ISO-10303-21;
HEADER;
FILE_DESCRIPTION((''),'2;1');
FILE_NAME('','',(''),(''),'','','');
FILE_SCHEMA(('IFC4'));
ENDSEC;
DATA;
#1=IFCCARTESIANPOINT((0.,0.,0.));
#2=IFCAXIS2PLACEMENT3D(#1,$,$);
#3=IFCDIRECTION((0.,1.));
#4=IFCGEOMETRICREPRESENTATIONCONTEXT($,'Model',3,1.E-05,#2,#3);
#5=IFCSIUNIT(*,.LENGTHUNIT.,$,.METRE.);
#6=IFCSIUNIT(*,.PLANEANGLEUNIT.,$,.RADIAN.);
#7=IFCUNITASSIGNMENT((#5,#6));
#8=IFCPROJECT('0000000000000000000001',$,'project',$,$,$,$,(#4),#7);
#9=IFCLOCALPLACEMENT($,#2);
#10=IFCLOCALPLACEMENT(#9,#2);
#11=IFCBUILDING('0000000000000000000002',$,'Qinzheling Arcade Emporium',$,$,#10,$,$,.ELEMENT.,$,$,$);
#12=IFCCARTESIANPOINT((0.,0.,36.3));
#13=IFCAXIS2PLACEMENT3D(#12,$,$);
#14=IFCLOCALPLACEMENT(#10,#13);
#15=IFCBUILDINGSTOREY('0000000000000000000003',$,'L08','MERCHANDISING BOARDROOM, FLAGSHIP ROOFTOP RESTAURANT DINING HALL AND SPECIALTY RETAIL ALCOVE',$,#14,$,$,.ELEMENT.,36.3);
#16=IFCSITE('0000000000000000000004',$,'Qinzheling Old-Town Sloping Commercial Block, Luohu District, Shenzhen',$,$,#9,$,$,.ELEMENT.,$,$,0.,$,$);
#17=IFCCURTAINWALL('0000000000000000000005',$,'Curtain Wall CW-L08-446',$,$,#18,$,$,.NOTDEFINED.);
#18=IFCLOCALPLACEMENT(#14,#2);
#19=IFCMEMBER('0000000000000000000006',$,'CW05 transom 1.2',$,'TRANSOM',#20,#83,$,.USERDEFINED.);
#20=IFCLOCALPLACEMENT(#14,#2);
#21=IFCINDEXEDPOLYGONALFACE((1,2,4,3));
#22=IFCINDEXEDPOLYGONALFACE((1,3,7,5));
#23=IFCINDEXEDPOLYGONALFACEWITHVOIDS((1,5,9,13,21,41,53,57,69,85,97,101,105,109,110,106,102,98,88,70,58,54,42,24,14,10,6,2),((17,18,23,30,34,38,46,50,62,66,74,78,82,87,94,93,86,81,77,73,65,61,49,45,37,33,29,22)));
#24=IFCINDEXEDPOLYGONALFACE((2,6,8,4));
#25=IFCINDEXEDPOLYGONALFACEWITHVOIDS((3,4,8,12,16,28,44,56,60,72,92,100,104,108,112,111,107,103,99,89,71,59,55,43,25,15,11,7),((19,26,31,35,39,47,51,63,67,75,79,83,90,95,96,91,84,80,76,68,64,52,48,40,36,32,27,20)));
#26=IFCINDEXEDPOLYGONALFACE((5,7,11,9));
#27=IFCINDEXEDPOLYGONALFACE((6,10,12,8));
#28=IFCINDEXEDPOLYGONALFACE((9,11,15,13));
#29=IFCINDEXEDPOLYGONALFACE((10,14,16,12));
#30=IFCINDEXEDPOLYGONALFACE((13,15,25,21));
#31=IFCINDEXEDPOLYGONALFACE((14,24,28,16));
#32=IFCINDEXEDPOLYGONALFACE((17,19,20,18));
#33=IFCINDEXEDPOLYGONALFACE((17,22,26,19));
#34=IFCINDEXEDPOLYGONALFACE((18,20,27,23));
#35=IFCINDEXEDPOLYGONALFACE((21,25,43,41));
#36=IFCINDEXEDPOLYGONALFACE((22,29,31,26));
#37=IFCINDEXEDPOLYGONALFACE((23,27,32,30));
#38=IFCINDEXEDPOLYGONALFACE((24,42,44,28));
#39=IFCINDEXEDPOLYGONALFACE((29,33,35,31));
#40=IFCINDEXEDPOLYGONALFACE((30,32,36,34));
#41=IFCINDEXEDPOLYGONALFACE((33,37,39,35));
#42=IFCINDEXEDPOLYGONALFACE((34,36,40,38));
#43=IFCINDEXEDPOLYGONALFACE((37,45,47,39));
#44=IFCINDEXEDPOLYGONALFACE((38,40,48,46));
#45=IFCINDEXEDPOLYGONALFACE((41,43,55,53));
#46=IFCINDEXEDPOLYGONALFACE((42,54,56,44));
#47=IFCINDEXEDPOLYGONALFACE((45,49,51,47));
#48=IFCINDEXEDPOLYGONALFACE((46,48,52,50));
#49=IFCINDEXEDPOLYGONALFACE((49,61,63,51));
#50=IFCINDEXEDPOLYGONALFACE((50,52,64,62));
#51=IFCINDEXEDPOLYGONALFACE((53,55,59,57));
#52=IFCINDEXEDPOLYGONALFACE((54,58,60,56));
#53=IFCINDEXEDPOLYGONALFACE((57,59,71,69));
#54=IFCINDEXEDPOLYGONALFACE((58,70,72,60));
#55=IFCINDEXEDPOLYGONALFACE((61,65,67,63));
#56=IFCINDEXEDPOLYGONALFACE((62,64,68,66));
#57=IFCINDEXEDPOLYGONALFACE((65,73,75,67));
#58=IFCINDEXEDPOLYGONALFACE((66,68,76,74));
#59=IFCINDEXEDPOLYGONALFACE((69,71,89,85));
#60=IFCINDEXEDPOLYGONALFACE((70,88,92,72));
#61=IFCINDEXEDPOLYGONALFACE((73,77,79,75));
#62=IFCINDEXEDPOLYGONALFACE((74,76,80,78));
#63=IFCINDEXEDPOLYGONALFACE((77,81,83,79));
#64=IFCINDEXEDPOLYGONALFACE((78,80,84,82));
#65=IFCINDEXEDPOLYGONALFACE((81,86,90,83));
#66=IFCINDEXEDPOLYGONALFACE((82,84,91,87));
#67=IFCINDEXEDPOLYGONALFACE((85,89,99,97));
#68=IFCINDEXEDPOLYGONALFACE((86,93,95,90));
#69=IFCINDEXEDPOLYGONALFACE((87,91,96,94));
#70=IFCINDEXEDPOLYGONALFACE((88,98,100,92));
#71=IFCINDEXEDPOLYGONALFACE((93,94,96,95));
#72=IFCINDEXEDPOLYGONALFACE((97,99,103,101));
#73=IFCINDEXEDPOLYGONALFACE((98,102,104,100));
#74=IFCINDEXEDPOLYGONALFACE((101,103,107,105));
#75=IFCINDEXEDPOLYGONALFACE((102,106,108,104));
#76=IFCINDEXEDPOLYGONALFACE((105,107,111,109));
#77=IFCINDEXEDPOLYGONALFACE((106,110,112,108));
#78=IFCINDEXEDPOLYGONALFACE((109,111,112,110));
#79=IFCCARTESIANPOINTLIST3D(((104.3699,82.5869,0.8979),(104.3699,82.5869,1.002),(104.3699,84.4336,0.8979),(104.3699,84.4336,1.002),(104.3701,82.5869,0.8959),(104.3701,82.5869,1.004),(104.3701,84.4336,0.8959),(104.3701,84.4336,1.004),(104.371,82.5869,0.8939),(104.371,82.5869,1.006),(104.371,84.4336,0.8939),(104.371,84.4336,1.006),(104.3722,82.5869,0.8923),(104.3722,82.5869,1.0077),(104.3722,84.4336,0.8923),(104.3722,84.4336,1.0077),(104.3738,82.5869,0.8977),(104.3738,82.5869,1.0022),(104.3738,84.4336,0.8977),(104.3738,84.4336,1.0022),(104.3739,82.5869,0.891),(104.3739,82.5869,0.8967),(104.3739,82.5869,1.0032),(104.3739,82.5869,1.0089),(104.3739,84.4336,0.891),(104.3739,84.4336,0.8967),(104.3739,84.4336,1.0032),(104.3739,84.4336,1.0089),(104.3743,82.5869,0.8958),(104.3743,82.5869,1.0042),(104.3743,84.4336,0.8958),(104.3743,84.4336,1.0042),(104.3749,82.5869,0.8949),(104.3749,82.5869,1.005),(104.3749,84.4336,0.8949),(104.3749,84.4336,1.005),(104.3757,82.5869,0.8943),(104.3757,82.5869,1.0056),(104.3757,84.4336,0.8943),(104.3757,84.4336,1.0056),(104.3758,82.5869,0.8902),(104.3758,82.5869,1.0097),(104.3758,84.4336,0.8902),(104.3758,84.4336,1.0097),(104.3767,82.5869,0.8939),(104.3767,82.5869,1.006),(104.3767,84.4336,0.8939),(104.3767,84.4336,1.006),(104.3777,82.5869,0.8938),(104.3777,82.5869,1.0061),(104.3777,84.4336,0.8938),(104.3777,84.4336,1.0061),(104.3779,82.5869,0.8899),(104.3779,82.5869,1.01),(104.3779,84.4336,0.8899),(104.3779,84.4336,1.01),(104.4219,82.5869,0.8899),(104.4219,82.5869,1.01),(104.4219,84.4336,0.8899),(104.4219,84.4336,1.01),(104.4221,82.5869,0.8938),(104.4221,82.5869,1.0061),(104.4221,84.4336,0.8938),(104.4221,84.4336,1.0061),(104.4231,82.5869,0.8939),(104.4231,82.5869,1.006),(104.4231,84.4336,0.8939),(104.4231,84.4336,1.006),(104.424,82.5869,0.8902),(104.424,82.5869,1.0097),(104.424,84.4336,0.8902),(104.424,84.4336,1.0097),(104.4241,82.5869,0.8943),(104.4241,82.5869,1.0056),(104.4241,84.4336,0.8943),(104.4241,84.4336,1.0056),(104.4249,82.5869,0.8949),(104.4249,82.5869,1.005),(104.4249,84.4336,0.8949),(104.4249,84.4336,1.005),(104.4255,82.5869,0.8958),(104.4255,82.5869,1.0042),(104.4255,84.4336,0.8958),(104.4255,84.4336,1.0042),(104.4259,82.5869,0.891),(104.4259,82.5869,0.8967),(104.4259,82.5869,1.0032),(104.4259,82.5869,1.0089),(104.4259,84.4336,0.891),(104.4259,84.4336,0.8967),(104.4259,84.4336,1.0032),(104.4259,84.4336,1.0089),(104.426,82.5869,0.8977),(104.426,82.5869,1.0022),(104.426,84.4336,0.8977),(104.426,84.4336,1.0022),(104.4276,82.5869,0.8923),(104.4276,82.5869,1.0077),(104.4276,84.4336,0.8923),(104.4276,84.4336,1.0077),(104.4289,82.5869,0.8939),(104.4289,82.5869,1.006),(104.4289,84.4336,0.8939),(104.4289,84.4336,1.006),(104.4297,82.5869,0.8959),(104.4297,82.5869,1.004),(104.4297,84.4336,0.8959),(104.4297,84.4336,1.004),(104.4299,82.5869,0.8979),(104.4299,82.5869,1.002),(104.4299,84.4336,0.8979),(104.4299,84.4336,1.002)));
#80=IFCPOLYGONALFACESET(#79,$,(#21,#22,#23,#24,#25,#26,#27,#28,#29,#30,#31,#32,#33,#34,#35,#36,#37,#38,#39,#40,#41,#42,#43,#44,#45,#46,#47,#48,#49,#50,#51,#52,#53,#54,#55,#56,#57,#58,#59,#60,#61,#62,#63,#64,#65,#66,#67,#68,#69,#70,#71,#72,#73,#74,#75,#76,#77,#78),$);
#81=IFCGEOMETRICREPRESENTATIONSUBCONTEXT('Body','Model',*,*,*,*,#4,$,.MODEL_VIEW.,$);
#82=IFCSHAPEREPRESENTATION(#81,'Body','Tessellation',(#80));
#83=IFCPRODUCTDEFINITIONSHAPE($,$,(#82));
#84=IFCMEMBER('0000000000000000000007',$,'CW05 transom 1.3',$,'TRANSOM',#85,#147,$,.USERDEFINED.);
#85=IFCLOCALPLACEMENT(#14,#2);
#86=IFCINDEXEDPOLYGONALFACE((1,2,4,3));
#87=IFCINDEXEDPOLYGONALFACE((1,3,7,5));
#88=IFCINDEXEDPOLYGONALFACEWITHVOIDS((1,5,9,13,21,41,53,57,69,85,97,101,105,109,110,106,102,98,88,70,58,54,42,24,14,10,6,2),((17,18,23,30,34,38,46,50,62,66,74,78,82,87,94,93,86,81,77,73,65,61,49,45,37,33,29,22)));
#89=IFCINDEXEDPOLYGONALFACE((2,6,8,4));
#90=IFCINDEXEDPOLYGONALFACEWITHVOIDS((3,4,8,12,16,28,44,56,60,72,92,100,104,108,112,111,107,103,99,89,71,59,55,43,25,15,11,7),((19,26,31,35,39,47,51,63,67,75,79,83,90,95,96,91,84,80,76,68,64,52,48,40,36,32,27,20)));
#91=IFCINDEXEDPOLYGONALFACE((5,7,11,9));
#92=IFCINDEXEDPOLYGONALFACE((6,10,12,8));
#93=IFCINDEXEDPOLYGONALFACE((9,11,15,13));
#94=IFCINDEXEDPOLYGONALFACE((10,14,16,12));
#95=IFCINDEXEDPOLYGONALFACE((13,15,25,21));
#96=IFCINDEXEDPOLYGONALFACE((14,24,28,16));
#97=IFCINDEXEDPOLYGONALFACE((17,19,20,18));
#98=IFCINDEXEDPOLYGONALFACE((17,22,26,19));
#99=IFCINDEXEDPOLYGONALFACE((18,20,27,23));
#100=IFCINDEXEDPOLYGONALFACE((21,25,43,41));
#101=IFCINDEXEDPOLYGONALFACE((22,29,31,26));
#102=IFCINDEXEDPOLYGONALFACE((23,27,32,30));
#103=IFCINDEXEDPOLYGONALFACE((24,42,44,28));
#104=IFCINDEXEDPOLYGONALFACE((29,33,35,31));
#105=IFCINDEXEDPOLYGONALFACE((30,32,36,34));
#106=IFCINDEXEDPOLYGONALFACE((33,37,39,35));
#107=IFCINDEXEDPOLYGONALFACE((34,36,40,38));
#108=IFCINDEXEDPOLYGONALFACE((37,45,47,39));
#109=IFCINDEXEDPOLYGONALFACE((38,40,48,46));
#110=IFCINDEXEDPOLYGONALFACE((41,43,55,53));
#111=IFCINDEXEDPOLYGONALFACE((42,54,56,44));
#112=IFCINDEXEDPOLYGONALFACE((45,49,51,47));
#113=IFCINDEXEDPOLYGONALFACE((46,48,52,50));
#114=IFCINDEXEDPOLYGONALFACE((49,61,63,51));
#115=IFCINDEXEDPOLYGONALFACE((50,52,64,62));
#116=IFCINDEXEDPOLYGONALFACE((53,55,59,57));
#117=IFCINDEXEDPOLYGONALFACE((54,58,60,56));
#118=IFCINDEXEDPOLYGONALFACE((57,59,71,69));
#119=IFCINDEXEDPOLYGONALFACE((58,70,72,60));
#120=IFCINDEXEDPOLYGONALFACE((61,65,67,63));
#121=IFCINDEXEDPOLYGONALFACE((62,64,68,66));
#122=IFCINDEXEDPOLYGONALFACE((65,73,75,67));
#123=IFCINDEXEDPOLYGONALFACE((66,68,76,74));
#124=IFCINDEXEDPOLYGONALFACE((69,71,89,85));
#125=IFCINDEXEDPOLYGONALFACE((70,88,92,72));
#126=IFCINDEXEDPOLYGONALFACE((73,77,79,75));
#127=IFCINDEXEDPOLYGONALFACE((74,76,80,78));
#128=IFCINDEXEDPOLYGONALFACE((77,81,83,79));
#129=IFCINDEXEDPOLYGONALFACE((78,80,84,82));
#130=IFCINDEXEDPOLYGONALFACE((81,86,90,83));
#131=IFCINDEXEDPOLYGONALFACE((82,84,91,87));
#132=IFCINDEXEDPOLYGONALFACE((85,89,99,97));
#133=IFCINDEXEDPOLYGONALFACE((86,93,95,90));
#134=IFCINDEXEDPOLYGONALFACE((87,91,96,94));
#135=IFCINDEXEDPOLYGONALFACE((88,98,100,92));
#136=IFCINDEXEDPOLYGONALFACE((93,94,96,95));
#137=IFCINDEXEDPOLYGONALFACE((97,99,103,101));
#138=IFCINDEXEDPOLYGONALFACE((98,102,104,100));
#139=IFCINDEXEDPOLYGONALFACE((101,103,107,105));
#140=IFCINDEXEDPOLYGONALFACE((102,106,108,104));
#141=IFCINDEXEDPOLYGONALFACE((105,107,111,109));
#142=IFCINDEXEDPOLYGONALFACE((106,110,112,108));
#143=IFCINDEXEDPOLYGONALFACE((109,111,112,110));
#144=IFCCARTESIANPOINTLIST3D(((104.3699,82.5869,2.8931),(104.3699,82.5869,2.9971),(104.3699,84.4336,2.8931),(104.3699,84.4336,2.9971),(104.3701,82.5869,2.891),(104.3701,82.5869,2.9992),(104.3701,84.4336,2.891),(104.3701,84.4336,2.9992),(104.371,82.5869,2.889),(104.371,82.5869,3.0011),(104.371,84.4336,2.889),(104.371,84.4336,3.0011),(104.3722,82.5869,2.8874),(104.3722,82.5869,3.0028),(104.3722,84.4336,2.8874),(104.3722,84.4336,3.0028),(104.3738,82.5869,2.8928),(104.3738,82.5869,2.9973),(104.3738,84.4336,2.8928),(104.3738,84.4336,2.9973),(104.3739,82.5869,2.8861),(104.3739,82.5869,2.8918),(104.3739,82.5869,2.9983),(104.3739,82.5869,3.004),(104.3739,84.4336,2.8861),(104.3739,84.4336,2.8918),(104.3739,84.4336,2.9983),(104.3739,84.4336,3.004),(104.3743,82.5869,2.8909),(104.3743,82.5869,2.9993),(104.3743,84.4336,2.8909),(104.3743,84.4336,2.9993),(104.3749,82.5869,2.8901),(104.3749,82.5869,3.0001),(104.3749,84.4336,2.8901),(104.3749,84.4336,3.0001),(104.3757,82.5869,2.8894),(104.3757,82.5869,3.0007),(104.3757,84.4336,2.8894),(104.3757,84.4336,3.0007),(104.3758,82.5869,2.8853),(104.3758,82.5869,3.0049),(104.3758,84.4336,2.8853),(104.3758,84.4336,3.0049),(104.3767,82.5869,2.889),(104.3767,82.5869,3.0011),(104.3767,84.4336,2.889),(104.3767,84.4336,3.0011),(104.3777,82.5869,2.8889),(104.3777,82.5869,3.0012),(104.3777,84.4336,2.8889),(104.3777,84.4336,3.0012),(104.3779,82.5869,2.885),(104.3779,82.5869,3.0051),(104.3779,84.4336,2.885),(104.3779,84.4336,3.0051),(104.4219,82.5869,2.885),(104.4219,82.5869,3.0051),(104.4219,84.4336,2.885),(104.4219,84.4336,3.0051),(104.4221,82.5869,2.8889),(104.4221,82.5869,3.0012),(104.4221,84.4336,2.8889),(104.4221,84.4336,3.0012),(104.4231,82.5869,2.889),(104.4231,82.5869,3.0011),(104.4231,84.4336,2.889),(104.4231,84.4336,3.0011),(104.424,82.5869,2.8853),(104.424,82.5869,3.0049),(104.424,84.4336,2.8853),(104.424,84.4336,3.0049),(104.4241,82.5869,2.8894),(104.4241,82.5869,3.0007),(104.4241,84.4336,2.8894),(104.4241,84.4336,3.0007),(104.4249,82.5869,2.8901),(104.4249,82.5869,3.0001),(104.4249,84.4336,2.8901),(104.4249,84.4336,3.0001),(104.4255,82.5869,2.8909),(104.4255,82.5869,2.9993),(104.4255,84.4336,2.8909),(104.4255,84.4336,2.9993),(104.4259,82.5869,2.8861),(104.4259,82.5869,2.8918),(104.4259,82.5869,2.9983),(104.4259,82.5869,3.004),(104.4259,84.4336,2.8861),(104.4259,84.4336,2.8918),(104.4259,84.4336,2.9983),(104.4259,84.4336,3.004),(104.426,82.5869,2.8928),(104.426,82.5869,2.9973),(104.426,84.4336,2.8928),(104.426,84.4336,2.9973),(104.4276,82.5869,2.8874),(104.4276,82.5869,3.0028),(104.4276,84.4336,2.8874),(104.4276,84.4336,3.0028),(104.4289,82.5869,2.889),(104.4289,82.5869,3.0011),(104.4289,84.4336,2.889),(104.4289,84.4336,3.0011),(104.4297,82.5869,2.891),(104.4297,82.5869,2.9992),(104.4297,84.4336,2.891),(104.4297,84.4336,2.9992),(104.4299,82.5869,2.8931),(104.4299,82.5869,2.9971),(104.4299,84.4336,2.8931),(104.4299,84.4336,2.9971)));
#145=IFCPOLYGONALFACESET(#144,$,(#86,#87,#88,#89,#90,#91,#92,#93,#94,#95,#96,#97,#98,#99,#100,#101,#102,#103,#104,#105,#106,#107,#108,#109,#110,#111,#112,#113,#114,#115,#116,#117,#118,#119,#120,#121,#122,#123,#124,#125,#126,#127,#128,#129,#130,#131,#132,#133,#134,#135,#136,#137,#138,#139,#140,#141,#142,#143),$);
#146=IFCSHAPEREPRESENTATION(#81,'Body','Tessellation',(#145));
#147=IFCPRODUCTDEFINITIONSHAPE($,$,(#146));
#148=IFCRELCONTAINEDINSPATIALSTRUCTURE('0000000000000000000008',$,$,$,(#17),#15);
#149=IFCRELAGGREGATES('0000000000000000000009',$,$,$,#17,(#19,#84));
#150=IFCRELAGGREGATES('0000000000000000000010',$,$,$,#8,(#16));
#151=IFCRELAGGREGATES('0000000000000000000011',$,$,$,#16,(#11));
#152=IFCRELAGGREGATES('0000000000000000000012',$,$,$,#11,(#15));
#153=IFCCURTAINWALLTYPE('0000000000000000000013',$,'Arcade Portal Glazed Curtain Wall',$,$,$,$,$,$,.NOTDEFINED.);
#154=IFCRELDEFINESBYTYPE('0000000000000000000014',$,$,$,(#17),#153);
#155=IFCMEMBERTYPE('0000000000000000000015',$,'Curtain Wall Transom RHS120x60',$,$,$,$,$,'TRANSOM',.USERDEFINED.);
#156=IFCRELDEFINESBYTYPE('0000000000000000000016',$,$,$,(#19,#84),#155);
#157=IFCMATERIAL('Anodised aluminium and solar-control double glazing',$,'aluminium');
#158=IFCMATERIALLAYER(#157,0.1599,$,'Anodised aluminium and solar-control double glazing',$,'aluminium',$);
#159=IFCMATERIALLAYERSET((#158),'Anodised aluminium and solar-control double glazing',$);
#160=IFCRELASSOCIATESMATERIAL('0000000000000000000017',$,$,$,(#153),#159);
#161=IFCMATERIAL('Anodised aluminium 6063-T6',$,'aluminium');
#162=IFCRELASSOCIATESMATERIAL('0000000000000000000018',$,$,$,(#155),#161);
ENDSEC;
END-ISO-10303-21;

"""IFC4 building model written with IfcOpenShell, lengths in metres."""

from ifc_helpers import new_model, si_unit, direction, frame, origin, origin_2d, place, context, subcontext, project, spatial, hollow_rectangle, extrude, material, layer, layer_set, material_profile, profile_set, type_object, element, aggregate, save


model = new_model("IFC4")

# Units and contexts
model_context = context("Model", 3, precision=1e-05, world=origin(), true_north=direction((0.0, 1.0)))
body_context = subcontext(model_context, "Body", "Model", "MODEL_VIEW")
ifc_project = project(units=[si_unit("LENGTHUNIT", "METRE"), si_unit("PLANEANGLEUNIT", "RADIAN")], contexts=[model_context])

# Site, building, storey
site_placement = place(None, origin())
site = spatial("IfcSite", under=ifc_project, at=site_placement, Name="Qinzheling Old-Town Sloping Commercial Block, Luohu District, Shenzhen", CompositionType="ELEMENT", RefElevation=0.0)
building_placement = place(site_placement, origin())
building = spatial("IfcBuilding", under=site, at=building_placement, Name="Qinzheling Arcade Emporium", CompositionType="ELEMENT")
storey_placement = place(building_placement, frame((0.0, 0.0, 36.3)))
storey = spatial("IfcBuildingStorey", under=building, at=storey_placement, Name="L08", Description="MERCHANDISING BOARDROOM, FLAGSHIP ROOFTOP RESTAURANT DINING HALL AND SPECIALTY RETAIL ALCOVE", CompositionType="ELEMENT", Elevation=36.3)

# Curtain wall, members
ifc_material_1 = material(Name="Anodised aluminium and solar-control double glazing", Category="aluminium")
ifc_layer_1 = layer(ifc_material_1, 0.1599, Name="Anodised aluminium and solar-control double glazing", Category="aluminium")
ifc_layer_set_1 = layer_set([ifc_layer_1], Name="Anodised aluminium and solar-control double glazing")
curtain_wall_type = type_object("IfcCurtainWallType", Name="Arcade Portal Glazed Curtain Wall", PredefinedType="NOTDEFINED", material=ifc_layer_set_1)
curtain_wall_placement = place(storey_placement, origin())
curtain_wall = element("IfcCurtainWall", 1, at=curtain_wall_placement, inside=storey, type_object=curtain_wall_type, Name="Curtain Wall CW-L08-446", PredefinedType="NOTDEFINED")
ifc_material_2 = material(Name="Anodised aluminium 6063-T6", Category="aluminium")
ifc_material_profile_1 = material_profile(ifc_material_2, hollow_rectangle(XDim=0.0601, YDim=0.1201, WallThickness=0.0039, InnerFilletRadius=0.0039, OuterFilletRadius=0.0081, at=origin_2d()), Name="RHS 120x60x4", Category="aluminium")
ifc_profile_set_1 = profile_set([ifc_material_profile_1], Name="Anodised aluminium 6063-T6")
member_type_1 = type_object("IfcMemberType", Name="Curtain Wall Transom RHS120x60", ElementType="TRANSOM", PredefinedType="USERDEFINED", material=ifc_profile_set_1)
member_1_placement = place(storey_placement, frame((104.3999, 82.5869, 0.95), z_axis=(0.0, 1.0, 0.0), x_axis=(-1.0, 0.0, 0.0)))
member_1 = element("IfcMember", 2, at=member_1_placement, type_object=member_type_1, Name="CW05 transom 1.2", ObjectType="TRANSOM", PredefinedType="USERDEFINED", context=body_context, shape_type="SweptSolid", body=[
    extrude(hollow_rectangle(XDim=0.0601, YDim=0.1201, WallThickness=0.0039, InnerFilletRadius=0.0039, OuterFilletRadius=0.0081, at=origin_2d()), origin(), (0.0, 0.0, 1.0), 1.8467),
])
member_2_placement = place(storey_placement, frame((104.3999, 82.5869, 2.9451), z_axis=(0.0, 1.0, 0.0), x_axis=(-1.0, 0.0, 0.0)))
member_2 = element("IfcMember", 3, at=member_2_placement, type_object=member_type_1, Name="CW05 transom 1.3", ObjectType="TRANSOM", PredefinedType="USERDEFINED", context=body_context, shape_type="SweptSolid", body=[
    extrude(hollow_rectangle(XDim=0.0601, YDim=0.1201, WallThickness=0.0039, InnerFilletRadius=0.0039, OuterFilletRadius=0.0081, at=origin_2d()), origin(), (0.0, 0.0, 1.0), 1.8467),
])

aggregate(curtain_wall, [member_1, member_2])

save(model, "model.ifc")
